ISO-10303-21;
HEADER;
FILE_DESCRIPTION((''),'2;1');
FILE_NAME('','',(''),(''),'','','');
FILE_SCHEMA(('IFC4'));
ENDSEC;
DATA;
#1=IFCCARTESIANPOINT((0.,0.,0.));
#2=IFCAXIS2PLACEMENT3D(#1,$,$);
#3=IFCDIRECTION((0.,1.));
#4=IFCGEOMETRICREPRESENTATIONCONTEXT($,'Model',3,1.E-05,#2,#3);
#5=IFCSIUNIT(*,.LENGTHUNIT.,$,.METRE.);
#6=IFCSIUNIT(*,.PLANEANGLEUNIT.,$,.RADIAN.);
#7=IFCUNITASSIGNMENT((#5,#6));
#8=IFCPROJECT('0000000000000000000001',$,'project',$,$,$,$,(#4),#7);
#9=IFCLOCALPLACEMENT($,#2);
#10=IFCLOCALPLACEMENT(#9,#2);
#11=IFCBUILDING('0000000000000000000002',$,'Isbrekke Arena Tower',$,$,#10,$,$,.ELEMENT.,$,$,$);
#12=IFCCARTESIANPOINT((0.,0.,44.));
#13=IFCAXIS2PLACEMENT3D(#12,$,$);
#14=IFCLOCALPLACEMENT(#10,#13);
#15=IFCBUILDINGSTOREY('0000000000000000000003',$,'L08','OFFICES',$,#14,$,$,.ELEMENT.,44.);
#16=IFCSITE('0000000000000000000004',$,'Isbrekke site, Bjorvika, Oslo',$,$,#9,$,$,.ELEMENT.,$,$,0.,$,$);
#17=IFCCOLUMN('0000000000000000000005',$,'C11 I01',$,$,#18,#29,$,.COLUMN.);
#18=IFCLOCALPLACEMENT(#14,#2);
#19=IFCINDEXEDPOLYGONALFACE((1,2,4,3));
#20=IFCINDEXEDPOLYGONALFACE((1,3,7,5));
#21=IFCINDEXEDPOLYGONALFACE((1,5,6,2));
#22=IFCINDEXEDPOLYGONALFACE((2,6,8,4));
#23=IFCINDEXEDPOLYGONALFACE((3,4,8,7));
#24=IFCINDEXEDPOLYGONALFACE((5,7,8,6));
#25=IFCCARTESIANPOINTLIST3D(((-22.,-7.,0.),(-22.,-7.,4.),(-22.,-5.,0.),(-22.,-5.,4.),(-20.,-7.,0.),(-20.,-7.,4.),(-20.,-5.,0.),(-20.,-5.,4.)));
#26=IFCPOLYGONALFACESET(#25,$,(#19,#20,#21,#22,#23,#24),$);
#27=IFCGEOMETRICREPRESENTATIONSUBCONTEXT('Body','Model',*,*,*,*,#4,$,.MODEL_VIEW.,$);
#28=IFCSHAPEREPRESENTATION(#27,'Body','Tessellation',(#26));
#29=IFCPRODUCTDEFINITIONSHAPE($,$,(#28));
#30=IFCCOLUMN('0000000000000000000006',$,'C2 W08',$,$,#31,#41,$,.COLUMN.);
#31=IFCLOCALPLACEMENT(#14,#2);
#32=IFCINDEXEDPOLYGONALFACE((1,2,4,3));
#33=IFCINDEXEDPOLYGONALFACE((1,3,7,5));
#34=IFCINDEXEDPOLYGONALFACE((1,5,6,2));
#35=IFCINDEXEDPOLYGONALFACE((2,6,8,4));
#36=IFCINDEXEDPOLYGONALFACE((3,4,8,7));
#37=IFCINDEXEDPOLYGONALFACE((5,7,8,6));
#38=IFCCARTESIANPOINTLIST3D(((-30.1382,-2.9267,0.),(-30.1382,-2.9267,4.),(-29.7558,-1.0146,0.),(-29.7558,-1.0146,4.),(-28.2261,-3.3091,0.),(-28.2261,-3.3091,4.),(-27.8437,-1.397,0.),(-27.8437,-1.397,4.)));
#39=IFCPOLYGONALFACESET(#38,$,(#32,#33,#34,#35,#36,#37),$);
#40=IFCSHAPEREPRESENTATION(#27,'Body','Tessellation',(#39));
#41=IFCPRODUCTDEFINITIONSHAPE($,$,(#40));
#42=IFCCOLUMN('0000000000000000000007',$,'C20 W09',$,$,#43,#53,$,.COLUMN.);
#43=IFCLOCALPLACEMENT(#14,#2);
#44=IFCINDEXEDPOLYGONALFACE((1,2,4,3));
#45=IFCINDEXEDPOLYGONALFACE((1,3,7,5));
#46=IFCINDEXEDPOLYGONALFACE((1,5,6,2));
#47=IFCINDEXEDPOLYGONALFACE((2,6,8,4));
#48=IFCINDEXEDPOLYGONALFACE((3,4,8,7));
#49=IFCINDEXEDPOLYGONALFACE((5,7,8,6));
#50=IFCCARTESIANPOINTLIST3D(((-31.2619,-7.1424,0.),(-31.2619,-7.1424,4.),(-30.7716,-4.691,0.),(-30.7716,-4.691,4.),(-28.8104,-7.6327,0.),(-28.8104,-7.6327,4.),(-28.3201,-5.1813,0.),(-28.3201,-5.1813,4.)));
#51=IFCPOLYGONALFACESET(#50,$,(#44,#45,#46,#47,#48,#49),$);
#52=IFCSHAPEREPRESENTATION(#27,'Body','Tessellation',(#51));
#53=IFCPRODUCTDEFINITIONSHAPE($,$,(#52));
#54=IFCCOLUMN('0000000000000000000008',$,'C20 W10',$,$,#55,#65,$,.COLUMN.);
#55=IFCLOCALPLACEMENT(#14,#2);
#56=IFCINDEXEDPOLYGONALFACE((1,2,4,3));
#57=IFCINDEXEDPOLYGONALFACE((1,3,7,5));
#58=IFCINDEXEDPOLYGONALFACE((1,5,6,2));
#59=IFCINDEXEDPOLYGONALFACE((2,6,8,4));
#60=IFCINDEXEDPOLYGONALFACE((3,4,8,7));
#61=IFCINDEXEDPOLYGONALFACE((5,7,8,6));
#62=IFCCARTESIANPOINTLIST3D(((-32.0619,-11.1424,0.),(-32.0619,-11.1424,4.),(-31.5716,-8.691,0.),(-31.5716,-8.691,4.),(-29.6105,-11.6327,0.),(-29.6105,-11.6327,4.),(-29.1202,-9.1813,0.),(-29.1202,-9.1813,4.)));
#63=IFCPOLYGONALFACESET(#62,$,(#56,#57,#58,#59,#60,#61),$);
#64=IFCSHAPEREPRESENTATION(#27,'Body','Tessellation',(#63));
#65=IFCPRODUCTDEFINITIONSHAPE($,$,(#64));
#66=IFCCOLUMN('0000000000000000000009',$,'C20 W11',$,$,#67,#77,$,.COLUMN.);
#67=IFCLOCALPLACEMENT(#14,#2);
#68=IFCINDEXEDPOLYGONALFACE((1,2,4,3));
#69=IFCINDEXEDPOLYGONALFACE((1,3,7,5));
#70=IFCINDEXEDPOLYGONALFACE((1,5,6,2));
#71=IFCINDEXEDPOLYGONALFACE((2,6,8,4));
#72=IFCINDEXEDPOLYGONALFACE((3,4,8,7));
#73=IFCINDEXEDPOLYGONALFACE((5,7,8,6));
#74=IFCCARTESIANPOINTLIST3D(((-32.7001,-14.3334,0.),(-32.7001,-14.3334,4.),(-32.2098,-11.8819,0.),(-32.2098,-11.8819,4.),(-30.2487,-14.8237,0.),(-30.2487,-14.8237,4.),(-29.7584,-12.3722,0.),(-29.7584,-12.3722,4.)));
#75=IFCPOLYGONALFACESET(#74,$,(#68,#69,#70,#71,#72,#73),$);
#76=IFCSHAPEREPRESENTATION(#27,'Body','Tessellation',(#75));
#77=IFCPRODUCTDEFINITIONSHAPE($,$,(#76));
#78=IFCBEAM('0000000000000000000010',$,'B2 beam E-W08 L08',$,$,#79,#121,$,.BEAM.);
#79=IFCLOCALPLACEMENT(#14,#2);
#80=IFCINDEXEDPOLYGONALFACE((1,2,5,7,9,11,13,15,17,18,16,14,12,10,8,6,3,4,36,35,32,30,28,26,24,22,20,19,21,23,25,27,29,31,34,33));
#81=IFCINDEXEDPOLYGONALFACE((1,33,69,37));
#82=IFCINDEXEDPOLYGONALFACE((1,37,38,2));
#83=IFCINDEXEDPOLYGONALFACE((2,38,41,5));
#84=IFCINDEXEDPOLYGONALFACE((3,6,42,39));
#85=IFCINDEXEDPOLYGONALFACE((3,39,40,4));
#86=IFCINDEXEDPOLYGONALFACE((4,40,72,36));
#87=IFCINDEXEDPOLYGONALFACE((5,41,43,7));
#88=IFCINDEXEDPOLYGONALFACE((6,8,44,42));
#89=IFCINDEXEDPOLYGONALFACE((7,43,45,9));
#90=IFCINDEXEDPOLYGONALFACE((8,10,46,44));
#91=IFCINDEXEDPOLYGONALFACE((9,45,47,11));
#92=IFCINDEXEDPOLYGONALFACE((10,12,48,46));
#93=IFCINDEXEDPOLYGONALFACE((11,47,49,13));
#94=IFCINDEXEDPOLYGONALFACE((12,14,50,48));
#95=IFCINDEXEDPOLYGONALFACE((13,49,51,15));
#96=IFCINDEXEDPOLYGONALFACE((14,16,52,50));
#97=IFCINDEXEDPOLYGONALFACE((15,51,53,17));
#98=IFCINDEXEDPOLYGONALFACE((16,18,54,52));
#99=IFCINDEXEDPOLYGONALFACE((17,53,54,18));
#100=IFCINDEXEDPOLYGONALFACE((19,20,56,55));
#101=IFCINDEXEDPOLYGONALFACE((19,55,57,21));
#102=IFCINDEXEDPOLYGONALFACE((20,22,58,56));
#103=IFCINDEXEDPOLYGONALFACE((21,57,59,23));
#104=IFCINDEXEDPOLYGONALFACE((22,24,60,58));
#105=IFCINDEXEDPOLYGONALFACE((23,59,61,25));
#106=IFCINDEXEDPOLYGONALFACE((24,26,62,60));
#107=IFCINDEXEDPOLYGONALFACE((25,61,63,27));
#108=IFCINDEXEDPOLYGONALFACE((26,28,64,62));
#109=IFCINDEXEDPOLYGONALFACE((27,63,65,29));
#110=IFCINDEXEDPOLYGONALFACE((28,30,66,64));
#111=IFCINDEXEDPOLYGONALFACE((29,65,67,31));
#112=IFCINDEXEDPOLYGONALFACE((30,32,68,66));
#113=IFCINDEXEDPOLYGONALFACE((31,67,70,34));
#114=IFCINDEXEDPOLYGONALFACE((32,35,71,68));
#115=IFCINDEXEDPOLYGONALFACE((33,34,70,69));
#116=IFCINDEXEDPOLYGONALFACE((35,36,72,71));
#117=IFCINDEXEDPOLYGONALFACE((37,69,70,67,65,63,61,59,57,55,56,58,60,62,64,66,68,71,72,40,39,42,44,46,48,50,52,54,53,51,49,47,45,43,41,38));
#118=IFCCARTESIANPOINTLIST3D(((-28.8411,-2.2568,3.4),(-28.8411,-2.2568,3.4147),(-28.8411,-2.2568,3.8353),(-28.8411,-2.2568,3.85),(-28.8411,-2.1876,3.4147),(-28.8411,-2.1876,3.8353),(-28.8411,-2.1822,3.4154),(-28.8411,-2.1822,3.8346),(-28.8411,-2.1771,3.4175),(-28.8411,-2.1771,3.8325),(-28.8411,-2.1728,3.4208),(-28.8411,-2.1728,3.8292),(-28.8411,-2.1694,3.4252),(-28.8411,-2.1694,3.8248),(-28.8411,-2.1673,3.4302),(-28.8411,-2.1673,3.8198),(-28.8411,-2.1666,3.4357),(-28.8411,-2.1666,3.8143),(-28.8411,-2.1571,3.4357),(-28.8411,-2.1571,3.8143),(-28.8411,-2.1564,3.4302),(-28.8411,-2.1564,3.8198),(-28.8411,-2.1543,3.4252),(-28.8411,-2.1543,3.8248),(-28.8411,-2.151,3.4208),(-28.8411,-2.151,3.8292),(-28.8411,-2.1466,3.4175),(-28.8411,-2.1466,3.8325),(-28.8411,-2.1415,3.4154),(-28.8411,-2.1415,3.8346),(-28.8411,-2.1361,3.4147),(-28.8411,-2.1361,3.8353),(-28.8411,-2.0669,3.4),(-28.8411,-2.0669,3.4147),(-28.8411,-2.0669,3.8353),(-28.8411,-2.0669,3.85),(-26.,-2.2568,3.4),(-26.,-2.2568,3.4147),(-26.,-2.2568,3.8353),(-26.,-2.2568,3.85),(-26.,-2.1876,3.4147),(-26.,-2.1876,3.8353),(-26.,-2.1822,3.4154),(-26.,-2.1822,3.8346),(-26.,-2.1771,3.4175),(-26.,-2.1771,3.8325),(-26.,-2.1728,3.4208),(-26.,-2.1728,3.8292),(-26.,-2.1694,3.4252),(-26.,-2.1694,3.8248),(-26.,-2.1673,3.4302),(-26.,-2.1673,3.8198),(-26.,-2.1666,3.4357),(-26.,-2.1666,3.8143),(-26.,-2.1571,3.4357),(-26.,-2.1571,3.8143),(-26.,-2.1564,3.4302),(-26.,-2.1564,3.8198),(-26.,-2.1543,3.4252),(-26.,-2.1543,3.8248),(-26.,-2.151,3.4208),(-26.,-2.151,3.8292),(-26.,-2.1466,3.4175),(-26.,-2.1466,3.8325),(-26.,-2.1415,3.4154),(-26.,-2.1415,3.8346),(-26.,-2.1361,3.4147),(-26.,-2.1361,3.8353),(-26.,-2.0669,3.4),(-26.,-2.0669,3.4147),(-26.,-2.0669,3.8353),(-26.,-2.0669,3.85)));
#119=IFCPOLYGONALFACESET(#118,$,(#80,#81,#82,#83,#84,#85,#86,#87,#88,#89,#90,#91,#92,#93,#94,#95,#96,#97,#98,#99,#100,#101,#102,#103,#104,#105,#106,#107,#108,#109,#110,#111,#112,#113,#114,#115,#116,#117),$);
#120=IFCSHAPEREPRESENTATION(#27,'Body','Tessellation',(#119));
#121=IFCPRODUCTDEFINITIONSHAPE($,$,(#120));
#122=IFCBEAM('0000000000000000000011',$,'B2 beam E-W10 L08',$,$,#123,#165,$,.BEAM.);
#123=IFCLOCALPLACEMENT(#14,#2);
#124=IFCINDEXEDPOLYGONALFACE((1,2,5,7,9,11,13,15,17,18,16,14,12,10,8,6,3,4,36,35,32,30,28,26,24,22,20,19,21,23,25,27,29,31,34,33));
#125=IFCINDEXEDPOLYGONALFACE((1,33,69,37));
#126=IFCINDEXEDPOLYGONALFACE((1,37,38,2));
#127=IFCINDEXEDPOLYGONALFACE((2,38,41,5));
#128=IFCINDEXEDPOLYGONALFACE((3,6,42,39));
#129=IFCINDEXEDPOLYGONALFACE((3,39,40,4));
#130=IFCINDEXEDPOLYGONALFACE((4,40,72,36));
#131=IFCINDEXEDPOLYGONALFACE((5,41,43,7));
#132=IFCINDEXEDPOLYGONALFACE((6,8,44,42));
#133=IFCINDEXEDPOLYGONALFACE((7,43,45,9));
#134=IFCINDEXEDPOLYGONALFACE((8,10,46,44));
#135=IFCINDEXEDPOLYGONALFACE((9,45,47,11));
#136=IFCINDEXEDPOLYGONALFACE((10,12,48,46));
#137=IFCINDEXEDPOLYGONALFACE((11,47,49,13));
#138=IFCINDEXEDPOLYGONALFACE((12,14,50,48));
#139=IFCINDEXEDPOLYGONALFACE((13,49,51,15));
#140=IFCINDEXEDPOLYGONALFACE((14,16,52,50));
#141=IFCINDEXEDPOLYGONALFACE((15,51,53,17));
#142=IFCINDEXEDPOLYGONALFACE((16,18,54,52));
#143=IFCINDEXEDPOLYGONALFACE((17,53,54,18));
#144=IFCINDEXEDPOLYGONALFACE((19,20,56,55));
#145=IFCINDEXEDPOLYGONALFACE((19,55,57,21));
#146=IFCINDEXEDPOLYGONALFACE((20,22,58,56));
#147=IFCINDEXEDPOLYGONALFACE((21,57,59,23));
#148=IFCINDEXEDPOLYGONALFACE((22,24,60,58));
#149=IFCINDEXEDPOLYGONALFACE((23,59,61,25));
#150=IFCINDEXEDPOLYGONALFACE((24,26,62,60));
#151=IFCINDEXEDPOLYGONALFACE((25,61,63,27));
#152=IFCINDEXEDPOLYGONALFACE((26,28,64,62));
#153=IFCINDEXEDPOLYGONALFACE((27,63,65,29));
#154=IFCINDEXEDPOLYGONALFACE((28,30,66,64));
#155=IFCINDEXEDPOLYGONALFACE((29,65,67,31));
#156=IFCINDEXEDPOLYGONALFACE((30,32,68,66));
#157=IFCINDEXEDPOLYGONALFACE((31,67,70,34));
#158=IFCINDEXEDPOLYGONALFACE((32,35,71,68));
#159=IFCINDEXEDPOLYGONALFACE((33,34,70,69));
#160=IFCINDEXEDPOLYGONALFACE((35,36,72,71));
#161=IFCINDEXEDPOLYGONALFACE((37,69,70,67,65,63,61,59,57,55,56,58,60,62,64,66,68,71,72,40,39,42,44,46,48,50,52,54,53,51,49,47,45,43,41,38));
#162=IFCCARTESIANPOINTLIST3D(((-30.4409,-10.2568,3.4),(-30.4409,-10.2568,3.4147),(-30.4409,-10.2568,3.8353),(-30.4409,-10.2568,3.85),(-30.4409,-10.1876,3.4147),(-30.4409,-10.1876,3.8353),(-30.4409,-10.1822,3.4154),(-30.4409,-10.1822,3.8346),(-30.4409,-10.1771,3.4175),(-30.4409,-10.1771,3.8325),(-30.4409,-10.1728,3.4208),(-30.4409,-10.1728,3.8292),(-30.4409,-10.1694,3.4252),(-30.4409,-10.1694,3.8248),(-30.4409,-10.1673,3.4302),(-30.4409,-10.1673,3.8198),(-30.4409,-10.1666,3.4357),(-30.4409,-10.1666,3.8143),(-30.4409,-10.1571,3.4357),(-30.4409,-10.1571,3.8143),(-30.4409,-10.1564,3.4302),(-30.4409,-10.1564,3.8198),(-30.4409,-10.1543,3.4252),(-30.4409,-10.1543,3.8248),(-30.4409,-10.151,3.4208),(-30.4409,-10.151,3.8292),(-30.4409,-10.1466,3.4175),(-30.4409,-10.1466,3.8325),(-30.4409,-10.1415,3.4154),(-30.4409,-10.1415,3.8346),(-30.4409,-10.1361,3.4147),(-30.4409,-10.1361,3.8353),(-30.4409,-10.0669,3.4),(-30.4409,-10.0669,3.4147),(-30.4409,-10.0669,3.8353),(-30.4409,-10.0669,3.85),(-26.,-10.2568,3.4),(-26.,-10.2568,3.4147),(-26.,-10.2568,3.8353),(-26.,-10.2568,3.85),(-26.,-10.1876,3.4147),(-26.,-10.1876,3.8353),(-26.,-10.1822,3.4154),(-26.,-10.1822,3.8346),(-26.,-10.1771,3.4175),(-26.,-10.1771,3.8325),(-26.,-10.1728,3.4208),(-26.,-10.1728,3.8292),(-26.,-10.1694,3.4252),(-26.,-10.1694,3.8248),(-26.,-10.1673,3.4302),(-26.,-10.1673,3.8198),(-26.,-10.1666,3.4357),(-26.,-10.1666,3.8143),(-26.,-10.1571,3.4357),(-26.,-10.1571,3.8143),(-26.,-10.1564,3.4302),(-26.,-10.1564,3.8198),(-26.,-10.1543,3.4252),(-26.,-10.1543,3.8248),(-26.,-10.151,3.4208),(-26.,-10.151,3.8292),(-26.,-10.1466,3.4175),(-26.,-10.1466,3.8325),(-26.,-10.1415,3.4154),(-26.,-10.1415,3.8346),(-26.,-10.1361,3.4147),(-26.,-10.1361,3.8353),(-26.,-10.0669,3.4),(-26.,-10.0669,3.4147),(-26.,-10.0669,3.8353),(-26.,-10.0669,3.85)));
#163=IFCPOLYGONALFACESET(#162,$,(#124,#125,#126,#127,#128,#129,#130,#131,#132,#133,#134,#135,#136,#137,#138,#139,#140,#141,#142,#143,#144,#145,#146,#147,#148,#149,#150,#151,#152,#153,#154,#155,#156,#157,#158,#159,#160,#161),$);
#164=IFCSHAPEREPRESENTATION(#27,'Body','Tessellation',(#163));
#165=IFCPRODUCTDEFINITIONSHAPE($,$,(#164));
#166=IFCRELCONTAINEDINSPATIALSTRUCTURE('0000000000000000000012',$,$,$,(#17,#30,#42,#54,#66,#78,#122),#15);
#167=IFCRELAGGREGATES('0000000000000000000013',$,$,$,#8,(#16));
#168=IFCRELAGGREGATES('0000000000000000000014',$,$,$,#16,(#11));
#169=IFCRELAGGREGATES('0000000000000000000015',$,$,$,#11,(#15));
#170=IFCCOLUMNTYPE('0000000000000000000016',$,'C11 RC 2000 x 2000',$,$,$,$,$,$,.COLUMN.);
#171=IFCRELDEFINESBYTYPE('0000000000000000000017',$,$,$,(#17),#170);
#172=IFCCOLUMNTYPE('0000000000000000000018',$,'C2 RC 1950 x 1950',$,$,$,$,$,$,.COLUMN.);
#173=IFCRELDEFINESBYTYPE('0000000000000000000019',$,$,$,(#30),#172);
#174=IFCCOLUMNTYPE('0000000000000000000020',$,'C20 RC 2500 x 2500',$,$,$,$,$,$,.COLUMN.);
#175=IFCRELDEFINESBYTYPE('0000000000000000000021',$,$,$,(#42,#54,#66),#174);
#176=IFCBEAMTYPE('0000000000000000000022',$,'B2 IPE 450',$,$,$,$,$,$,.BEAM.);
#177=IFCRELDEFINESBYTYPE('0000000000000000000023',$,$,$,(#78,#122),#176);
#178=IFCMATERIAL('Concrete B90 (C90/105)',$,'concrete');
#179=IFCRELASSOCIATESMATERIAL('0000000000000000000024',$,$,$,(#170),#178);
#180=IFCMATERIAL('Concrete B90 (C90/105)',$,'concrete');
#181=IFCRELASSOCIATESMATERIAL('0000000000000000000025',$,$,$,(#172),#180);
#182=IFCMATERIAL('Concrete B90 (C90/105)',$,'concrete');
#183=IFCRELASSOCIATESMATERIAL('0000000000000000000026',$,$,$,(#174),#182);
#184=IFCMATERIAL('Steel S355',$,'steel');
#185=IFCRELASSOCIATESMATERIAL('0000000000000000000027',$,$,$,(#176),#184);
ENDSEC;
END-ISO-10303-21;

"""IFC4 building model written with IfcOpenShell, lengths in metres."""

from ifc_helpers import new_model, si_unit, direction, frame, origin, origin_2d, place, context, subcontext, project, spatial, rectangle, i_section, extrude, material, material_profile, profile_set, type_object, element, save


model = new_model("IFC4")

# Units and contexts
model_context = context("Model", 3, precision=1e-05, world=origin(), true_north=direction((0.0, 1.0)))
body_context = subcontext(model_context, "Body", "Model", "MODEL_VIEW")
ifc_project = project(units=[si_unit("LENGTHUNIT", "METRE"), si_unit("PLANEANGLEUNIT", "RADIAN")], contexts=[model_context])

# Site, building, storey
site_placement = place(None, origin())
site = spatial("IfcSite", under=ifc_project, at=site_placement, Name="Isbrekke site, Bjorvika, Oslo", CompositionType="ELEMENT", RefElevation=0.0)
building_placement = place(site_placement, origin())
building = spatial("IfcBuilding", under=site, at=building_placement, Name="Isbrekke Arena Tower", CompositionType="ELEMENT")
storey_placement = place(building_placement, frame((0.0, 0.0, 44.0)))
storey = spatial("IfcBuildingStorey", under=building, at=storey_placement, Name="L08", Description="OFFICES", CompositionType="ELEMENT", Elevation=44.0)

# Columns
ifc_material_1 = material(Name="Concrete B90 (C90/105)", Category="concrete")
ifc_material_profile_1 = material_profile(ifc_material_1, rectangle(XDim=2.0, YDim=2.0, at=origin_2d()), Name="RC 2000x2000")
ifc_profile_set_1 = profile_set([ifc_material_profile_1], Name="Concrete B90 (C90/105)")
column_type_1 = type_object("IfcColumnType", Name="C11 RC 2000 x 2000", PredefinedType="COLUMN", material=ifc_profile_set_1)
column_1_placement = place(storey_placement, frame((-21.0, -6.0, 0.0), z_axis=(0.0, 0.0, 1.0), x_axis=(1.0, 0.0, 0.0)))
element("IfcColumn", 1, at=column_1_placement, inside=storey, type_object=column_type_1, Name="C11 I01", PredefinedType="COLUMN", context=body_context, shape_type="SweptSolid", body=[
    extrude(rectangle(XDim=2.0, YDim=2.0, at=origin_2d()), origin(), (0.0, 0.0, 1.0), 4.0),
])
ifc_material_2 = material(Name="Concrete B90 (C90/105)", Category="concrete")
ifc_material_profile_2 = material_profile(ifc_material_2, rectangle(XDim=1.95, YDim=1.95, at=origin_2d()), Name="RC 1950x1950")
ifc_profile_set_2 = profile_set([ifc_material_profile_2], Name="Concrete B90 (C90/105)")
column_type_2 = type_object("IfcColumnType", Name="C2 RC 1950 x 1950", PredefinedType="COLUMN", material=ifc_profile_set_2)
column_2_placement = place(storey_placement, frame((-28.991, -2.1619, 0.0), z_axis=(0.0, 0.0, 1.0), x_axis=(-0.196116, -0.980581, 0.0)))
element("IfcColumn", 2, at=column_2_placement, inside=storey, type_object=column_type_2, Name="C2 W08", PredefinedType="COLUMN", context=body_context, shape_type="SweptSolid", body=[
    extrude(rectangle(XDim=1.95, YDim=1.95, at=origin_2d()), origin(), (0.0, 0.0, 1.0), 4.0),
])
ifc_material_3 = material(Name="Concrete B90 (C90/105)", Category="concrete")
ifc_material_profile_3 = material_profile(ifc_material_3, rectangle(XDim=2.5, YDim=2.5, at=origin_2d()), Name="RC 2500x2500")
ifc_profile_set_3 = profile_set([ifc_material_profile_3], Name="Concrete B90 (C90/105)")
column_type_3 = type_object("IfcColumnType", Name="C20 RC 2500 x 2500", PredefinedType="COLUMN", material=ifc_profile_set_3)
for number, where, z_axis, x_axis, name in (
    (3, (-29.791, -6.1619, 0.0), (0.0, 0.0, 1.0), (-0.196116, -0.980581, 0.0), "C20 W09"),
    (4, (-30.5911, -10.1619, 0.0), (0.0, 0.0, 1.0), (-0.196116, -0.980581, 0.0), "C20 W10"),
    (5, (-31.2292, -13.3528, 0.0), (0.0, 0.0, 1.0), (-0.196116, -0.980581, 0.0), "C20 W11"),
):
    element("IfcColumn", number, at=place(storey_placement, frame(where, z_axis=z_axis, x_axis=x_axis)), inside=storey, type_object=column_type_3, Name=name, PredefinedType="COLUMN", context=body_context, shape_type="SweptSolid", body=[
        extrude(rectangle(XDim=2.5, YDim=2.5, at=origin_2d()), origin(), (0.0, 0.0, 1.0), 4.0),
    ])

# Beams
ifc_material_4 = material(Name="Steel S355", Category="steel")
ifc_material_profile_4 = material_profile(ifc_material_4, i_section(OverallWidth=0.1899, OverallDepth=0.45, WebThickness=0.0095, FlangeThickness=0.0146, FilletRadius=0.021, at=origin_2d()), Name="IPE 450")
ifc_profile_set_4 = profile_set([ifc_material_profile_4], Name="Steel S355")
beam_type_1 = type_object("IfcBeamType", Name="B2 IPE 450", PredefinedType="BEAM", material=ifc_profile_set_4)
beam_1_placement = place(storey_placement, frame((-28.8411, -2.1619, 3.625), z_axis=(1.0, 0.0, 0.0), x_axis=(0.0, 1.0, 0.0)))
element("IfcBeam", 6, at=beam_1_placement, inside=storey, type_object=beam_type_1, Name="B2 beam E-W08 L08", PredefinedType="BEAM", context=body_context, shape_type="SweptSolid", body=[
    extrude(i_section(OverallWidth=0.1899, OverallDepth=0.45, WebThickness=0.0095, FlangeThickness=0.0146, FilletRadius=0.021, at=origin_2d()), origin(), (0.0, 0.0, 1.0), 2.8411),
])
beam_2_placement = place(storey_placement, frame((-30.4409, -10.1619, 3.625), z_axis=(1.0, 0.0, 0.0), x_axis=(0.0, 1.0, 0.0)))
element("IfcBeam", 7, at=beam_2_placement, inside=storey, type_object=beam_type_1, Name="B2 beam E-W10 L08", PredefinedType="BEAM", context=body_context, shape_type="SweptSolid", body=[
    extrude(i_section(OverallWidth=0.1899, OverallDepth=0.45, WebThickness=0.0095, FlangeThickness=0.0146, FilletRadius=0.021, at=origin_2d()), origin(), (0.0, 0.0, 1.0), 4.4409),
])

save(model, "model.ifc")
